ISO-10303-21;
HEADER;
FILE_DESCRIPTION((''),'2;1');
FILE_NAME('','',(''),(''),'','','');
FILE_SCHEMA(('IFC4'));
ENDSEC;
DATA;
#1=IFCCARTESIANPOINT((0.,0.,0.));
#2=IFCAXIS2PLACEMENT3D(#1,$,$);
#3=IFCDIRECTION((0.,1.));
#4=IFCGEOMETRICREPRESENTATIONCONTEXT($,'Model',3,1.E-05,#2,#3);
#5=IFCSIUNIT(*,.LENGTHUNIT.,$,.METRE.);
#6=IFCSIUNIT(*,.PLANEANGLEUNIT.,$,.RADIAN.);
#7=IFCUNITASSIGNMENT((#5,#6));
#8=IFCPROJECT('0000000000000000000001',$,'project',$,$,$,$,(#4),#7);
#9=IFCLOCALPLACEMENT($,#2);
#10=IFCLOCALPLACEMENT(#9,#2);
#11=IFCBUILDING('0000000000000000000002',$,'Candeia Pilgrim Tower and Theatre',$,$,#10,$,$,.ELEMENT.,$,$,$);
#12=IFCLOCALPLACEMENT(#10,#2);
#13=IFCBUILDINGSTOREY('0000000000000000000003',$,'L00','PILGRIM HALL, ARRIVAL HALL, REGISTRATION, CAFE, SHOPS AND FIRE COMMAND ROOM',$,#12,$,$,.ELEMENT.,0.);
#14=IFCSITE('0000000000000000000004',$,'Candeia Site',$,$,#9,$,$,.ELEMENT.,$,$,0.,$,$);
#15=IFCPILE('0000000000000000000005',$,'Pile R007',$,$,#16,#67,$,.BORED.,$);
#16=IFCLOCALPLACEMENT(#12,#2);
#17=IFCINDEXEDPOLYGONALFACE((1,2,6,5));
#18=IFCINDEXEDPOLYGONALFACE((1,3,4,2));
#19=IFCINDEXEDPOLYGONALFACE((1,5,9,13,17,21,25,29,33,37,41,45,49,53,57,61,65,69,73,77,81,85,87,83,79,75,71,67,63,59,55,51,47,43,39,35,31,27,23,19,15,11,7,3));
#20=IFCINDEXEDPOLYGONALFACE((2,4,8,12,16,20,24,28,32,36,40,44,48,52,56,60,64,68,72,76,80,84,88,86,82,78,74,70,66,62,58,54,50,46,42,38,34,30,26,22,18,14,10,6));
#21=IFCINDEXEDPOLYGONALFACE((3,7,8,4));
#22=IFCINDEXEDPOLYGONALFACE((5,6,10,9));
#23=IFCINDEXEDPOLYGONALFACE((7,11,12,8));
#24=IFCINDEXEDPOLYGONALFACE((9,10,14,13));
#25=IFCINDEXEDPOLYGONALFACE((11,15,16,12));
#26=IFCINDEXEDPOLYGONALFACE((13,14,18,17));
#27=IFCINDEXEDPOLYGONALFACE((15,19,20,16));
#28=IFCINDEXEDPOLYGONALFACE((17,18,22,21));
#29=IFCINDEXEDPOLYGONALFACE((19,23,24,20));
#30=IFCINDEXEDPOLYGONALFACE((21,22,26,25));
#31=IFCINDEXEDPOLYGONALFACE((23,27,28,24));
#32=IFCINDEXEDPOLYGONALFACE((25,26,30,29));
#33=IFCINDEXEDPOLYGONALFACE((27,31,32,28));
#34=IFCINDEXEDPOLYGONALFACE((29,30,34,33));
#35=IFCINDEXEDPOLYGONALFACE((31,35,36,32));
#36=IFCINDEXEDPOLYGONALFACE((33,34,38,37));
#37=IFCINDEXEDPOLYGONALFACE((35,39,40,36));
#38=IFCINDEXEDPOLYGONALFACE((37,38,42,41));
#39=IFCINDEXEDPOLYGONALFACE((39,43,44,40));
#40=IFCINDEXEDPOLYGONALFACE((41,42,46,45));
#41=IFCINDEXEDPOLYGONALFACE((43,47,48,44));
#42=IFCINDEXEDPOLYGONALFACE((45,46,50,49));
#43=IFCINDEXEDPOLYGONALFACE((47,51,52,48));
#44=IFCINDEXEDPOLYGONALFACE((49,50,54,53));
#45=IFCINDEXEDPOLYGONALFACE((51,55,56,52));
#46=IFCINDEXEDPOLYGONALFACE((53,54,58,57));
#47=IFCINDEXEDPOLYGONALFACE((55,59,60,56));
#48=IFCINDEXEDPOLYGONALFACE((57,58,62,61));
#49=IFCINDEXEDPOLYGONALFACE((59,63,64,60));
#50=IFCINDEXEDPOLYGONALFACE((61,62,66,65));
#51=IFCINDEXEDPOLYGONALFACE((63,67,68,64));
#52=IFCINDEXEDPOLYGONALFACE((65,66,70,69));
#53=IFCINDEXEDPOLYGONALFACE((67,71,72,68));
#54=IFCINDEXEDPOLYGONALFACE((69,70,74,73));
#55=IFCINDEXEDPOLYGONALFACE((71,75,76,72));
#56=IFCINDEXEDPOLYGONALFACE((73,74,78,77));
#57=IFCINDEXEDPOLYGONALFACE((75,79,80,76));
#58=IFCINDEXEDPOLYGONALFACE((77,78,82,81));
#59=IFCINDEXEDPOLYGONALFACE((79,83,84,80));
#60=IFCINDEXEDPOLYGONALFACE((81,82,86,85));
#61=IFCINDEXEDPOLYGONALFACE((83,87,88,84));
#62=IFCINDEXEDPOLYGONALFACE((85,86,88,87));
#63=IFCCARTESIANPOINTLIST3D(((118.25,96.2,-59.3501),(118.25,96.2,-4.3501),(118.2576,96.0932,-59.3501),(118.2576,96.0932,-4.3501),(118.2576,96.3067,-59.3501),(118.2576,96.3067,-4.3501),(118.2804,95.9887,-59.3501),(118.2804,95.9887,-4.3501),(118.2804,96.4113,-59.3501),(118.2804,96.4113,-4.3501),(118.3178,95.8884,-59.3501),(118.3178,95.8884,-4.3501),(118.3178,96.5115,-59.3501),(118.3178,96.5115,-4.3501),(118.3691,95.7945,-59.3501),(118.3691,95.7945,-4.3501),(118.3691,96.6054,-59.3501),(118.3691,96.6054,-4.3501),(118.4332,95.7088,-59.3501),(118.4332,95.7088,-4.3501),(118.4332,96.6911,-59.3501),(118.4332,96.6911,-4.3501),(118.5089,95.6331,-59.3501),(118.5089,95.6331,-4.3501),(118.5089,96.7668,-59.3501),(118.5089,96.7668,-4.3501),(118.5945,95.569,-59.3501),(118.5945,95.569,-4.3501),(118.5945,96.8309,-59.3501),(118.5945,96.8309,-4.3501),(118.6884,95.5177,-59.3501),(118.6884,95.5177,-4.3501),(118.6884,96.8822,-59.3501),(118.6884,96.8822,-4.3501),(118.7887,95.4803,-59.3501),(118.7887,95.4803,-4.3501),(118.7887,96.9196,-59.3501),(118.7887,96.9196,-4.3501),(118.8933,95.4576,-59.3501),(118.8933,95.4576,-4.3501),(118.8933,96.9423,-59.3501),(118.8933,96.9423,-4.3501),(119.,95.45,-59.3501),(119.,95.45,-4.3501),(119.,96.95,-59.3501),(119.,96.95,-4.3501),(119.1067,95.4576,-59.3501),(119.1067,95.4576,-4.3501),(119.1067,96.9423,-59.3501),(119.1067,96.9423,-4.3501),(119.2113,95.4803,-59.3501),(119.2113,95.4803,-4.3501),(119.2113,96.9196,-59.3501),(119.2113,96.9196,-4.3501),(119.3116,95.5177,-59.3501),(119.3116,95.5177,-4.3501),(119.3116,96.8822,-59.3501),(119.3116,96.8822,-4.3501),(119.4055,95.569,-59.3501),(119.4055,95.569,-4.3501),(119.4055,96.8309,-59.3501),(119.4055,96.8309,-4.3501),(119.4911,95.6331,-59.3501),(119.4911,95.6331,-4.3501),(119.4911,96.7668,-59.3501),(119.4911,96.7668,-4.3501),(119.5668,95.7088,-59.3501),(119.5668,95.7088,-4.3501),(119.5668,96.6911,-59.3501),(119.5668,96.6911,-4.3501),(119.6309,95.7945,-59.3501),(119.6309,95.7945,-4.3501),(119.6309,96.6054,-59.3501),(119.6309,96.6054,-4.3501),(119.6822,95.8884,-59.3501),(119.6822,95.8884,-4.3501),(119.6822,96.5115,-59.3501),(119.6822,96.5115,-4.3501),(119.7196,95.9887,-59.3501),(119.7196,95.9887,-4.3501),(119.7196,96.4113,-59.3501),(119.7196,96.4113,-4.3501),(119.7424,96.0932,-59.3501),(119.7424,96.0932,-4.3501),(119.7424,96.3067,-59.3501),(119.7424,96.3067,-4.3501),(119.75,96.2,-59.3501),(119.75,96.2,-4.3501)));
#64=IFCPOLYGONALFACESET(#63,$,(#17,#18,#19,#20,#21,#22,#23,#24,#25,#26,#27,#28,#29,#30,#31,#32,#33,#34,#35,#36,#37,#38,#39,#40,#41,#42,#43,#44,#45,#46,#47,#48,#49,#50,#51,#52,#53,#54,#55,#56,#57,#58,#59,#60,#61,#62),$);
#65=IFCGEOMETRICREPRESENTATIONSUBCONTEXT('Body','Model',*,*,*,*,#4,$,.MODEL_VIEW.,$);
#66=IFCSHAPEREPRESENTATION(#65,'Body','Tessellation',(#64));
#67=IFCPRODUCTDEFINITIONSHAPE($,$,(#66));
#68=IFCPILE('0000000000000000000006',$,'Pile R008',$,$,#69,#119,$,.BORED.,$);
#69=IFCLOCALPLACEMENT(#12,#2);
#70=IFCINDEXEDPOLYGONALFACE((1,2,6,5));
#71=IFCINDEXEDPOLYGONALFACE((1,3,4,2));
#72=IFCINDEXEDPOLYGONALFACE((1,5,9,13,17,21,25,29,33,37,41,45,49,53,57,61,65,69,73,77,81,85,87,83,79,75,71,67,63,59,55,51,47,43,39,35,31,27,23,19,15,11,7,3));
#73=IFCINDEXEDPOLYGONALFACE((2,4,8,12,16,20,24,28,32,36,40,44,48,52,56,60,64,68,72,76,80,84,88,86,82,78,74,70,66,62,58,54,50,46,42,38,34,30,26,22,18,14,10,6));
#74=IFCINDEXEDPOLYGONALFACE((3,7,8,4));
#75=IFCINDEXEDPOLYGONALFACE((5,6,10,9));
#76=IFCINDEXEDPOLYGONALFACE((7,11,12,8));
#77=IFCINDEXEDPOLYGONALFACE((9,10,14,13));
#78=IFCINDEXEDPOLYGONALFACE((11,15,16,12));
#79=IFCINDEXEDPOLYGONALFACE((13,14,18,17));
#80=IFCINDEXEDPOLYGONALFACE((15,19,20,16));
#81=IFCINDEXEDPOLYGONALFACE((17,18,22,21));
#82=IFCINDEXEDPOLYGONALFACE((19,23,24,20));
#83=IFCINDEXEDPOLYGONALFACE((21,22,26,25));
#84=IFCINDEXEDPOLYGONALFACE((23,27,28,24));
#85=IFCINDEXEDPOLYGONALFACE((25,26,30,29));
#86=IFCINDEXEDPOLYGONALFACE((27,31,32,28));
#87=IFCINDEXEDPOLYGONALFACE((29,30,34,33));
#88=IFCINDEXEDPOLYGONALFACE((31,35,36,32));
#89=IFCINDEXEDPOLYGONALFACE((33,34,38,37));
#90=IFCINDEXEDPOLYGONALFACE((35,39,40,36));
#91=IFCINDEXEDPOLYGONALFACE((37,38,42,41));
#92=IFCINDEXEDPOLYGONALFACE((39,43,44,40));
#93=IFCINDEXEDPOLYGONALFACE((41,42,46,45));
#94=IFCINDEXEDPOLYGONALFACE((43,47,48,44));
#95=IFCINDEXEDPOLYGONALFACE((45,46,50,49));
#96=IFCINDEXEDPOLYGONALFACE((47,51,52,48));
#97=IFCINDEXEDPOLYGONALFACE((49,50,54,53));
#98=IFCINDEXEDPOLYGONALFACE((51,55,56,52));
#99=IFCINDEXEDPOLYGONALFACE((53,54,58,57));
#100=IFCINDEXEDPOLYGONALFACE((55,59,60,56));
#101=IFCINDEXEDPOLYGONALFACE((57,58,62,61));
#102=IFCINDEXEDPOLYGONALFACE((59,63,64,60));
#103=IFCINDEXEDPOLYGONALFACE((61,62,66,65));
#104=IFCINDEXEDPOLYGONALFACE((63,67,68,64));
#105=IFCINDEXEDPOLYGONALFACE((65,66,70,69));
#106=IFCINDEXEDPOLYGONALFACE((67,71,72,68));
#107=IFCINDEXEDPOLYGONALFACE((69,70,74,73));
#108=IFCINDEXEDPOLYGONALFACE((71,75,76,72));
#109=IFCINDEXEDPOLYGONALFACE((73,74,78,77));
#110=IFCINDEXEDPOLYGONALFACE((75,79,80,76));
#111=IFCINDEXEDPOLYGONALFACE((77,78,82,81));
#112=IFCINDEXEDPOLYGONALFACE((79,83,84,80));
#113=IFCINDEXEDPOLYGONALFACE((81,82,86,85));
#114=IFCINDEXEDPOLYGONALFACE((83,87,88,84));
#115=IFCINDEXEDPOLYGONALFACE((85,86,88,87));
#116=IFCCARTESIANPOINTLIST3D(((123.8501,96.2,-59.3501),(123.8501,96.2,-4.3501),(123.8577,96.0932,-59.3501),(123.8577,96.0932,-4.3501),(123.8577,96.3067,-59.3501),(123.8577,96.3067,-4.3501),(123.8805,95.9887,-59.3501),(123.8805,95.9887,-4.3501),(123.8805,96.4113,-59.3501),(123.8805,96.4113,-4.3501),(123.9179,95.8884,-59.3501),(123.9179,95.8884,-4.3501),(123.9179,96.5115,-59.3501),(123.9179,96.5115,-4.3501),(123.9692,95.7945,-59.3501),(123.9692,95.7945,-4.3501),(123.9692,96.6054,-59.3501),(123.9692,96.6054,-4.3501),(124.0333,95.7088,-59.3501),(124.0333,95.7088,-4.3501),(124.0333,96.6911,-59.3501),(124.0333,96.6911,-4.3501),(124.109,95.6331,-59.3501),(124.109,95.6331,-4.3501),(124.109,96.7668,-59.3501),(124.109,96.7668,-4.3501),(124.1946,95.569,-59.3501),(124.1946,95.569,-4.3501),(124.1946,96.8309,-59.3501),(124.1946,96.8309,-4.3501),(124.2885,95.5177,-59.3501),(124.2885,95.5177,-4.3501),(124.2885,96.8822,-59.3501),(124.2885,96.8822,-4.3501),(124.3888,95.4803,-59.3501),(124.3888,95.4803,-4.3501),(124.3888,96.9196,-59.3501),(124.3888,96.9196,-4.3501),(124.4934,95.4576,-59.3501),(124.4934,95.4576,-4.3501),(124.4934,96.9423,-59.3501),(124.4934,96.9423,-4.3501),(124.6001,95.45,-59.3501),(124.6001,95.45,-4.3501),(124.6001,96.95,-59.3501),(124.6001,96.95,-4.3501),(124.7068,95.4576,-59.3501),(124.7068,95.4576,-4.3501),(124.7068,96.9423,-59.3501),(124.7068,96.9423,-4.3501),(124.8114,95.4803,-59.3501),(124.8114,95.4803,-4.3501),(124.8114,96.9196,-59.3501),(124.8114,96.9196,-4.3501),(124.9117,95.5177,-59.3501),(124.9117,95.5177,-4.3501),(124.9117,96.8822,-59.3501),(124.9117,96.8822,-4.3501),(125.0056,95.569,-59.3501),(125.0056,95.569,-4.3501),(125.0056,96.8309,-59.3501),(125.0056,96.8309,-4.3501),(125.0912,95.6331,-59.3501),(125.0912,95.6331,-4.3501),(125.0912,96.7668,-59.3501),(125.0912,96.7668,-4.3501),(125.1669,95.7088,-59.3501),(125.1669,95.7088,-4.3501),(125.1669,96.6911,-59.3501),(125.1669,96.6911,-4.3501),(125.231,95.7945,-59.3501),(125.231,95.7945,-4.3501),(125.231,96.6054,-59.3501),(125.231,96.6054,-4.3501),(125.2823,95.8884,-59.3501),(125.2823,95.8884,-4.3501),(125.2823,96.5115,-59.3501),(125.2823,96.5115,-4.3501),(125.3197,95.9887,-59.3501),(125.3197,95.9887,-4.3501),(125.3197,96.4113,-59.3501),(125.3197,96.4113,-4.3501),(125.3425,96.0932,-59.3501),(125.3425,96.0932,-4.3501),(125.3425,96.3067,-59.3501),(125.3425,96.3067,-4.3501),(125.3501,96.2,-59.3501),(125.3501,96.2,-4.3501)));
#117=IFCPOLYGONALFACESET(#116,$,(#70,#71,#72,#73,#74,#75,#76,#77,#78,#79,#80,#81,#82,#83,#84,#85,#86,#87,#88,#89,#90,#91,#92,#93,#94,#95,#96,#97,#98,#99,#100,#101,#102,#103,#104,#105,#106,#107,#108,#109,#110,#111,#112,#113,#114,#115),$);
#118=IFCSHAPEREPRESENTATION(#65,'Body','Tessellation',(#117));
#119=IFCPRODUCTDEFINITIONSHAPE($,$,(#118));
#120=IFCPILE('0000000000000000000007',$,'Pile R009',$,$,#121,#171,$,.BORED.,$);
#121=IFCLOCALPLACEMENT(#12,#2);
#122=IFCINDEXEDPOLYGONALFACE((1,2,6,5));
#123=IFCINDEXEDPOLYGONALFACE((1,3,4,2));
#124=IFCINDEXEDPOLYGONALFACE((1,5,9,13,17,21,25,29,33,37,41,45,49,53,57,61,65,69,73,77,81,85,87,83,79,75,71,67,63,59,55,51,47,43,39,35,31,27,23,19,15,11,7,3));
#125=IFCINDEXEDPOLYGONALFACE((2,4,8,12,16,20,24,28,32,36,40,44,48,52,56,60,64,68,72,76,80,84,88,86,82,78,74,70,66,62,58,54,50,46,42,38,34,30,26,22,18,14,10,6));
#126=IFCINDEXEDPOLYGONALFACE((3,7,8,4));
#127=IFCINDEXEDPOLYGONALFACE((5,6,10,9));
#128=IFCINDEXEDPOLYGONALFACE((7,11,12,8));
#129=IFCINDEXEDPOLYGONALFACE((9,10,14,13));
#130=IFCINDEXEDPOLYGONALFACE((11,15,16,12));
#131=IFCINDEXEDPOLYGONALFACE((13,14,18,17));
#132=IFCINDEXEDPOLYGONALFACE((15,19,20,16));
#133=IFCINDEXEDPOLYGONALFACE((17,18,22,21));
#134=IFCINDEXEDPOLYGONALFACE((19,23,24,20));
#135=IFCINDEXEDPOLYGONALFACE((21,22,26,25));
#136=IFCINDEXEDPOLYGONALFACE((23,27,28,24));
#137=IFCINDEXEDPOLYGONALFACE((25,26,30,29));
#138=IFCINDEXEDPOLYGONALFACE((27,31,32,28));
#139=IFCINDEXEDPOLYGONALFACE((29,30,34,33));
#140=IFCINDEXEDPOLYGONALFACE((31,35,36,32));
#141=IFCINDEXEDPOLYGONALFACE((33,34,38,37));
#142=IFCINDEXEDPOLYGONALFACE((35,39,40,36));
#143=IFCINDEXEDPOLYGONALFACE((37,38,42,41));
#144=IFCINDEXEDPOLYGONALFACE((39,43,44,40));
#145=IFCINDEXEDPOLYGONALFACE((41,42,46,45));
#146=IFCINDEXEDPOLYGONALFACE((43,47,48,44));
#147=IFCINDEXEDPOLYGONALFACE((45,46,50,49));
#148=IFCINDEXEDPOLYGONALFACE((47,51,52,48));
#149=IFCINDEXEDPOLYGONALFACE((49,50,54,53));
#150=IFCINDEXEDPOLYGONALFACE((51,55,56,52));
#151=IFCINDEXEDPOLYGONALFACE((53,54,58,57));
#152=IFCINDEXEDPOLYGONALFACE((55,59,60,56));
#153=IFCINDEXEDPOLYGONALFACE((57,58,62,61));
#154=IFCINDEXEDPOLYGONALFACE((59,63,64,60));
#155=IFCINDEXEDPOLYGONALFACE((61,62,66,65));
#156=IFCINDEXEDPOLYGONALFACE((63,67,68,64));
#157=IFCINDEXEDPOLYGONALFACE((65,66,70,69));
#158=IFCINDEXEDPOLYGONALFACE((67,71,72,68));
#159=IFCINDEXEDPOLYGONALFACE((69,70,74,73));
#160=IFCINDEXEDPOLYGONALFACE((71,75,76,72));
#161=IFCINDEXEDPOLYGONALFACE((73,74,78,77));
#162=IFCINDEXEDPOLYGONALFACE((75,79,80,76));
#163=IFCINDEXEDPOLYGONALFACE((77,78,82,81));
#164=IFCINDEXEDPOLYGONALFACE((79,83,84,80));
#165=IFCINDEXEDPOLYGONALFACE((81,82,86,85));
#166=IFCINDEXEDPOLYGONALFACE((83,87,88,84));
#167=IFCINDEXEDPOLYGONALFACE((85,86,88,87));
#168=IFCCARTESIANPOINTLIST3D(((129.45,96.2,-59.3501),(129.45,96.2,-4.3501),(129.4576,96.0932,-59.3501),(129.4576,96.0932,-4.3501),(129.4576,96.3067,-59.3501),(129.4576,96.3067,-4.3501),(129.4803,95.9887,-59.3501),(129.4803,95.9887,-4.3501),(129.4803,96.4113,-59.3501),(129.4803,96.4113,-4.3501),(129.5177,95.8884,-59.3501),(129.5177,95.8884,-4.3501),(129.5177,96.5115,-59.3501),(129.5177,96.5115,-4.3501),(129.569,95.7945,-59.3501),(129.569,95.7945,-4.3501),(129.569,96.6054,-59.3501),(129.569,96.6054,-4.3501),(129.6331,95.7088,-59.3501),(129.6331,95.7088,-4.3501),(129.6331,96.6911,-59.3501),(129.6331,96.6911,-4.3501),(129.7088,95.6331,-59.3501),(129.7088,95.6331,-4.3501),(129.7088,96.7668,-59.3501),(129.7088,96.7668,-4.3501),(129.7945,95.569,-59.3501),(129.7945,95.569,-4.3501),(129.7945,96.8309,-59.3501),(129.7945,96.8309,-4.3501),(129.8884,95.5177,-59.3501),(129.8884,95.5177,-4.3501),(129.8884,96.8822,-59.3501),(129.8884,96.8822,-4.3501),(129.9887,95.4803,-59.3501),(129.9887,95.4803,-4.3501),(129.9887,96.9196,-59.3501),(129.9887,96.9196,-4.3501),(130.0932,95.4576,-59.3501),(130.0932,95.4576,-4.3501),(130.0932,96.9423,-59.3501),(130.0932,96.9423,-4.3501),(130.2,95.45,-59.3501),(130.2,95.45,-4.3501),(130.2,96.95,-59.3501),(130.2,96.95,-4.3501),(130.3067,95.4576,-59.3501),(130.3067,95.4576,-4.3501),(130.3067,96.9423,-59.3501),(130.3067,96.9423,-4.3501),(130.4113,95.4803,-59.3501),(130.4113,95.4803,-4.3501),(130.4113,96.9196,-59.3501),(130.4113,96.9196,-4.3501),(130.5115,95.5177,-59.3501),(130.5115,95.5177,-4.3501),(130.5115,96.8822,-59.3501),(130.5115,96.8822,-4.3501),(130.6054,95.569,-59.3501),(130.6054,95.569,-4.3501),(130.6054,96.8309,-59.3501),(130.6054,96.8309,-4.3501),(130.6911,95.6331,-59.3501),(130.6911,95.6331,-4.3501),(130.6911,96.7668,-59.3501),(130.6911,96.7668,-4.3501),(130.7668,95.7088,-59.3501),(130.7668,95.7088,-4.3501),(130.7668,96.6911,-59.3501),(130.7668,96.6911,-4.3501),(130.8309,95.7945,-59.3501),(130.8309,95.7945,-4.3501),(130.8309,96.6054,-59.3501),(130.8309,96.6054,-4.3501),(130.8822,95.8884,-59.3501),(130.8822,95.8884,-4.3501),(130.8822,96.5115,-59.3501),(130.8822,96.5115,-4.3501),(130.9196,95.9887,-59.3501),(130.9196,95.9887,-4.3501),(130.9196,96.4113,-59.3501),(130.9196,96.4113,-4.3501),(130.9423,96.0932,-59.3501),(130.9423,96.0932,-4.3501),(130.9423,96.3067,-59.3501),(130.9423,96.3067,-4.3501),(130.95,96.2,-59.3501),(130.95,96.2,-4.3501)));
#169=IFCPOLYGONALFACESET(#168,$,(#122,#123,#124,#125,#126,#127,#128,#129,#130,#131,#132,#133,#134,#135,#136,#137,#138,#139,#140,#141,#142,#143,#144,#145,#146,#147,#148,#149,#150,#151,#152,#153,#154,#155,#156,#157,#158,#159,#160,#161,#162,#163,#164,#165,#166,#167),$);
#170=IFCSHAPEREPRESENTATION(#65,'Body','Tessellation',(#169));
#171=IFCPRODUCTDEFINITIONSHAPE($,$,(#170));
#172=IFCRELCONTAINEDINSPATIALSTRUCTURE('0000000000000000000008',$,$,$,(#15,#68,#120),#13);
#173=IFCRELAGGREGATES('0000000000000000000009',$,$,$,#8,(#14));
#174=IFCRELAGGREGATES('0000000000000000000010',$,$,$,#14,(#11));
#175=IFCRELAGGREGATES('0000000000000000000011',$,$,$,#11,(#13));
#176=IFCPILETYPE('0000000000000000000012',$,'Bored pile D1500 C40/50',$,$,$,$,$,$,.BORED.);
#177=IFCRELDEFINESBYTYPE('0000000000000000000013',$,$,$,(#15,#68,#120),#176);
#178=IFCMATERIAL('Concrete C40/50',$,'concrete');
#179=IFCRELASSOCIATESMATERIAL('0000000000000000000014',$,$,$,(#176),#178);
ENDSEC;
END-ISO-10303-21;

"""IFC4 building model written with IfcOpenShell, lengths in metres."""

from ifc_helpers import new_model, si_unit, direction, frame, origin, origin_2d, place, context, subcontext, project, spatial, circle, extrude, material, material_profile, profile_set, type_object, element, save


model = new_model("IFC4")

# Units and contexts
model_context = context("Model", 3, precision=1e-05, world=origin(), true_north=direction((0.0, 1.0)))
body_context = subcontext(model_context, "Body", "Model", "MODEL_VIEW")
ifc_project = project(units=[si_unit("LENGTHUNIT", "METRE"), si_unit("PLANEANGLEUNIT", "RADIAN")], contexts=[model_context])

# Site, building, storey
site_placement = place(None, origin())
site = spatial("IfcSite", under=ifc_project, at=site_placement, Name="Candeia Site", CompositionType="ELEMENT", RefElevation=0.0)
building_placement = place(site_placement, origin())
building = spatial("IfcBuilding", under=site, at=building_placement, Name="Candeia Pilgrim Tower and Theatre", CompositionType="ELEMENT")
storey_placement = place(building_placement, origin())
storey = spatial("IfcBuildingStorey", under=building, at=storey_placement, Name="L00", Description="PILGRIM HALL, ARRIVAL HALL, REGISTRATION, CAFE, SHOPS AND FIRE COMMAND ROOM", CompositionType="ELEMENT", Elevation=0.0)

# Piles
ifc_material_1 = material(Name="Concrete C40/50", Category="concrete")
ifc_material_profile_1 = material_profile(ifc_material_1, circle(Radius=0.75, at=origin_2d()))
ifc_profile_set_1 = profile_set([ifc_material_profile_1], Name="Concrete C40/50")
pile_type = type_object("IfcPileType", Name="Bored pile D1500 C40/50", PredefinedType="BORED", material=ifc_profile_set_1)
for number, where, z_axis, x_axis, name in (
    (1, (119.0, 96.2, -4.3501), (0.0, 0.0, -1.0), (1.0, 0.0, 0.0), "Pile R007"),
    (2, (124.6001, 96.2, -4.3501), (0.0, 0.0, -1.0), (1.0, 0.0, 0.0), "Pile R008"),
    (3, (130.2, 96.2, -4.3501), (0.0, 0.0, -1.0), (1.0, 0.0, 0.0), "Pile R009"),
):
    element("IfcPile", number, at=place(storey_placement, frame(where, z_axis=z_axis, x_axis=x_axis)), inside=storey, type_object=pile_type, Name=name, PredefinedType="BORED", context=body_context, shape_type="SweptSolid", body=[
        extrude(circle(Radius=0.75, at=origin_2d()), origin(), (0.0, 0.0, 1.0), 55.0),
    ])

save(model, "model.ifc")
